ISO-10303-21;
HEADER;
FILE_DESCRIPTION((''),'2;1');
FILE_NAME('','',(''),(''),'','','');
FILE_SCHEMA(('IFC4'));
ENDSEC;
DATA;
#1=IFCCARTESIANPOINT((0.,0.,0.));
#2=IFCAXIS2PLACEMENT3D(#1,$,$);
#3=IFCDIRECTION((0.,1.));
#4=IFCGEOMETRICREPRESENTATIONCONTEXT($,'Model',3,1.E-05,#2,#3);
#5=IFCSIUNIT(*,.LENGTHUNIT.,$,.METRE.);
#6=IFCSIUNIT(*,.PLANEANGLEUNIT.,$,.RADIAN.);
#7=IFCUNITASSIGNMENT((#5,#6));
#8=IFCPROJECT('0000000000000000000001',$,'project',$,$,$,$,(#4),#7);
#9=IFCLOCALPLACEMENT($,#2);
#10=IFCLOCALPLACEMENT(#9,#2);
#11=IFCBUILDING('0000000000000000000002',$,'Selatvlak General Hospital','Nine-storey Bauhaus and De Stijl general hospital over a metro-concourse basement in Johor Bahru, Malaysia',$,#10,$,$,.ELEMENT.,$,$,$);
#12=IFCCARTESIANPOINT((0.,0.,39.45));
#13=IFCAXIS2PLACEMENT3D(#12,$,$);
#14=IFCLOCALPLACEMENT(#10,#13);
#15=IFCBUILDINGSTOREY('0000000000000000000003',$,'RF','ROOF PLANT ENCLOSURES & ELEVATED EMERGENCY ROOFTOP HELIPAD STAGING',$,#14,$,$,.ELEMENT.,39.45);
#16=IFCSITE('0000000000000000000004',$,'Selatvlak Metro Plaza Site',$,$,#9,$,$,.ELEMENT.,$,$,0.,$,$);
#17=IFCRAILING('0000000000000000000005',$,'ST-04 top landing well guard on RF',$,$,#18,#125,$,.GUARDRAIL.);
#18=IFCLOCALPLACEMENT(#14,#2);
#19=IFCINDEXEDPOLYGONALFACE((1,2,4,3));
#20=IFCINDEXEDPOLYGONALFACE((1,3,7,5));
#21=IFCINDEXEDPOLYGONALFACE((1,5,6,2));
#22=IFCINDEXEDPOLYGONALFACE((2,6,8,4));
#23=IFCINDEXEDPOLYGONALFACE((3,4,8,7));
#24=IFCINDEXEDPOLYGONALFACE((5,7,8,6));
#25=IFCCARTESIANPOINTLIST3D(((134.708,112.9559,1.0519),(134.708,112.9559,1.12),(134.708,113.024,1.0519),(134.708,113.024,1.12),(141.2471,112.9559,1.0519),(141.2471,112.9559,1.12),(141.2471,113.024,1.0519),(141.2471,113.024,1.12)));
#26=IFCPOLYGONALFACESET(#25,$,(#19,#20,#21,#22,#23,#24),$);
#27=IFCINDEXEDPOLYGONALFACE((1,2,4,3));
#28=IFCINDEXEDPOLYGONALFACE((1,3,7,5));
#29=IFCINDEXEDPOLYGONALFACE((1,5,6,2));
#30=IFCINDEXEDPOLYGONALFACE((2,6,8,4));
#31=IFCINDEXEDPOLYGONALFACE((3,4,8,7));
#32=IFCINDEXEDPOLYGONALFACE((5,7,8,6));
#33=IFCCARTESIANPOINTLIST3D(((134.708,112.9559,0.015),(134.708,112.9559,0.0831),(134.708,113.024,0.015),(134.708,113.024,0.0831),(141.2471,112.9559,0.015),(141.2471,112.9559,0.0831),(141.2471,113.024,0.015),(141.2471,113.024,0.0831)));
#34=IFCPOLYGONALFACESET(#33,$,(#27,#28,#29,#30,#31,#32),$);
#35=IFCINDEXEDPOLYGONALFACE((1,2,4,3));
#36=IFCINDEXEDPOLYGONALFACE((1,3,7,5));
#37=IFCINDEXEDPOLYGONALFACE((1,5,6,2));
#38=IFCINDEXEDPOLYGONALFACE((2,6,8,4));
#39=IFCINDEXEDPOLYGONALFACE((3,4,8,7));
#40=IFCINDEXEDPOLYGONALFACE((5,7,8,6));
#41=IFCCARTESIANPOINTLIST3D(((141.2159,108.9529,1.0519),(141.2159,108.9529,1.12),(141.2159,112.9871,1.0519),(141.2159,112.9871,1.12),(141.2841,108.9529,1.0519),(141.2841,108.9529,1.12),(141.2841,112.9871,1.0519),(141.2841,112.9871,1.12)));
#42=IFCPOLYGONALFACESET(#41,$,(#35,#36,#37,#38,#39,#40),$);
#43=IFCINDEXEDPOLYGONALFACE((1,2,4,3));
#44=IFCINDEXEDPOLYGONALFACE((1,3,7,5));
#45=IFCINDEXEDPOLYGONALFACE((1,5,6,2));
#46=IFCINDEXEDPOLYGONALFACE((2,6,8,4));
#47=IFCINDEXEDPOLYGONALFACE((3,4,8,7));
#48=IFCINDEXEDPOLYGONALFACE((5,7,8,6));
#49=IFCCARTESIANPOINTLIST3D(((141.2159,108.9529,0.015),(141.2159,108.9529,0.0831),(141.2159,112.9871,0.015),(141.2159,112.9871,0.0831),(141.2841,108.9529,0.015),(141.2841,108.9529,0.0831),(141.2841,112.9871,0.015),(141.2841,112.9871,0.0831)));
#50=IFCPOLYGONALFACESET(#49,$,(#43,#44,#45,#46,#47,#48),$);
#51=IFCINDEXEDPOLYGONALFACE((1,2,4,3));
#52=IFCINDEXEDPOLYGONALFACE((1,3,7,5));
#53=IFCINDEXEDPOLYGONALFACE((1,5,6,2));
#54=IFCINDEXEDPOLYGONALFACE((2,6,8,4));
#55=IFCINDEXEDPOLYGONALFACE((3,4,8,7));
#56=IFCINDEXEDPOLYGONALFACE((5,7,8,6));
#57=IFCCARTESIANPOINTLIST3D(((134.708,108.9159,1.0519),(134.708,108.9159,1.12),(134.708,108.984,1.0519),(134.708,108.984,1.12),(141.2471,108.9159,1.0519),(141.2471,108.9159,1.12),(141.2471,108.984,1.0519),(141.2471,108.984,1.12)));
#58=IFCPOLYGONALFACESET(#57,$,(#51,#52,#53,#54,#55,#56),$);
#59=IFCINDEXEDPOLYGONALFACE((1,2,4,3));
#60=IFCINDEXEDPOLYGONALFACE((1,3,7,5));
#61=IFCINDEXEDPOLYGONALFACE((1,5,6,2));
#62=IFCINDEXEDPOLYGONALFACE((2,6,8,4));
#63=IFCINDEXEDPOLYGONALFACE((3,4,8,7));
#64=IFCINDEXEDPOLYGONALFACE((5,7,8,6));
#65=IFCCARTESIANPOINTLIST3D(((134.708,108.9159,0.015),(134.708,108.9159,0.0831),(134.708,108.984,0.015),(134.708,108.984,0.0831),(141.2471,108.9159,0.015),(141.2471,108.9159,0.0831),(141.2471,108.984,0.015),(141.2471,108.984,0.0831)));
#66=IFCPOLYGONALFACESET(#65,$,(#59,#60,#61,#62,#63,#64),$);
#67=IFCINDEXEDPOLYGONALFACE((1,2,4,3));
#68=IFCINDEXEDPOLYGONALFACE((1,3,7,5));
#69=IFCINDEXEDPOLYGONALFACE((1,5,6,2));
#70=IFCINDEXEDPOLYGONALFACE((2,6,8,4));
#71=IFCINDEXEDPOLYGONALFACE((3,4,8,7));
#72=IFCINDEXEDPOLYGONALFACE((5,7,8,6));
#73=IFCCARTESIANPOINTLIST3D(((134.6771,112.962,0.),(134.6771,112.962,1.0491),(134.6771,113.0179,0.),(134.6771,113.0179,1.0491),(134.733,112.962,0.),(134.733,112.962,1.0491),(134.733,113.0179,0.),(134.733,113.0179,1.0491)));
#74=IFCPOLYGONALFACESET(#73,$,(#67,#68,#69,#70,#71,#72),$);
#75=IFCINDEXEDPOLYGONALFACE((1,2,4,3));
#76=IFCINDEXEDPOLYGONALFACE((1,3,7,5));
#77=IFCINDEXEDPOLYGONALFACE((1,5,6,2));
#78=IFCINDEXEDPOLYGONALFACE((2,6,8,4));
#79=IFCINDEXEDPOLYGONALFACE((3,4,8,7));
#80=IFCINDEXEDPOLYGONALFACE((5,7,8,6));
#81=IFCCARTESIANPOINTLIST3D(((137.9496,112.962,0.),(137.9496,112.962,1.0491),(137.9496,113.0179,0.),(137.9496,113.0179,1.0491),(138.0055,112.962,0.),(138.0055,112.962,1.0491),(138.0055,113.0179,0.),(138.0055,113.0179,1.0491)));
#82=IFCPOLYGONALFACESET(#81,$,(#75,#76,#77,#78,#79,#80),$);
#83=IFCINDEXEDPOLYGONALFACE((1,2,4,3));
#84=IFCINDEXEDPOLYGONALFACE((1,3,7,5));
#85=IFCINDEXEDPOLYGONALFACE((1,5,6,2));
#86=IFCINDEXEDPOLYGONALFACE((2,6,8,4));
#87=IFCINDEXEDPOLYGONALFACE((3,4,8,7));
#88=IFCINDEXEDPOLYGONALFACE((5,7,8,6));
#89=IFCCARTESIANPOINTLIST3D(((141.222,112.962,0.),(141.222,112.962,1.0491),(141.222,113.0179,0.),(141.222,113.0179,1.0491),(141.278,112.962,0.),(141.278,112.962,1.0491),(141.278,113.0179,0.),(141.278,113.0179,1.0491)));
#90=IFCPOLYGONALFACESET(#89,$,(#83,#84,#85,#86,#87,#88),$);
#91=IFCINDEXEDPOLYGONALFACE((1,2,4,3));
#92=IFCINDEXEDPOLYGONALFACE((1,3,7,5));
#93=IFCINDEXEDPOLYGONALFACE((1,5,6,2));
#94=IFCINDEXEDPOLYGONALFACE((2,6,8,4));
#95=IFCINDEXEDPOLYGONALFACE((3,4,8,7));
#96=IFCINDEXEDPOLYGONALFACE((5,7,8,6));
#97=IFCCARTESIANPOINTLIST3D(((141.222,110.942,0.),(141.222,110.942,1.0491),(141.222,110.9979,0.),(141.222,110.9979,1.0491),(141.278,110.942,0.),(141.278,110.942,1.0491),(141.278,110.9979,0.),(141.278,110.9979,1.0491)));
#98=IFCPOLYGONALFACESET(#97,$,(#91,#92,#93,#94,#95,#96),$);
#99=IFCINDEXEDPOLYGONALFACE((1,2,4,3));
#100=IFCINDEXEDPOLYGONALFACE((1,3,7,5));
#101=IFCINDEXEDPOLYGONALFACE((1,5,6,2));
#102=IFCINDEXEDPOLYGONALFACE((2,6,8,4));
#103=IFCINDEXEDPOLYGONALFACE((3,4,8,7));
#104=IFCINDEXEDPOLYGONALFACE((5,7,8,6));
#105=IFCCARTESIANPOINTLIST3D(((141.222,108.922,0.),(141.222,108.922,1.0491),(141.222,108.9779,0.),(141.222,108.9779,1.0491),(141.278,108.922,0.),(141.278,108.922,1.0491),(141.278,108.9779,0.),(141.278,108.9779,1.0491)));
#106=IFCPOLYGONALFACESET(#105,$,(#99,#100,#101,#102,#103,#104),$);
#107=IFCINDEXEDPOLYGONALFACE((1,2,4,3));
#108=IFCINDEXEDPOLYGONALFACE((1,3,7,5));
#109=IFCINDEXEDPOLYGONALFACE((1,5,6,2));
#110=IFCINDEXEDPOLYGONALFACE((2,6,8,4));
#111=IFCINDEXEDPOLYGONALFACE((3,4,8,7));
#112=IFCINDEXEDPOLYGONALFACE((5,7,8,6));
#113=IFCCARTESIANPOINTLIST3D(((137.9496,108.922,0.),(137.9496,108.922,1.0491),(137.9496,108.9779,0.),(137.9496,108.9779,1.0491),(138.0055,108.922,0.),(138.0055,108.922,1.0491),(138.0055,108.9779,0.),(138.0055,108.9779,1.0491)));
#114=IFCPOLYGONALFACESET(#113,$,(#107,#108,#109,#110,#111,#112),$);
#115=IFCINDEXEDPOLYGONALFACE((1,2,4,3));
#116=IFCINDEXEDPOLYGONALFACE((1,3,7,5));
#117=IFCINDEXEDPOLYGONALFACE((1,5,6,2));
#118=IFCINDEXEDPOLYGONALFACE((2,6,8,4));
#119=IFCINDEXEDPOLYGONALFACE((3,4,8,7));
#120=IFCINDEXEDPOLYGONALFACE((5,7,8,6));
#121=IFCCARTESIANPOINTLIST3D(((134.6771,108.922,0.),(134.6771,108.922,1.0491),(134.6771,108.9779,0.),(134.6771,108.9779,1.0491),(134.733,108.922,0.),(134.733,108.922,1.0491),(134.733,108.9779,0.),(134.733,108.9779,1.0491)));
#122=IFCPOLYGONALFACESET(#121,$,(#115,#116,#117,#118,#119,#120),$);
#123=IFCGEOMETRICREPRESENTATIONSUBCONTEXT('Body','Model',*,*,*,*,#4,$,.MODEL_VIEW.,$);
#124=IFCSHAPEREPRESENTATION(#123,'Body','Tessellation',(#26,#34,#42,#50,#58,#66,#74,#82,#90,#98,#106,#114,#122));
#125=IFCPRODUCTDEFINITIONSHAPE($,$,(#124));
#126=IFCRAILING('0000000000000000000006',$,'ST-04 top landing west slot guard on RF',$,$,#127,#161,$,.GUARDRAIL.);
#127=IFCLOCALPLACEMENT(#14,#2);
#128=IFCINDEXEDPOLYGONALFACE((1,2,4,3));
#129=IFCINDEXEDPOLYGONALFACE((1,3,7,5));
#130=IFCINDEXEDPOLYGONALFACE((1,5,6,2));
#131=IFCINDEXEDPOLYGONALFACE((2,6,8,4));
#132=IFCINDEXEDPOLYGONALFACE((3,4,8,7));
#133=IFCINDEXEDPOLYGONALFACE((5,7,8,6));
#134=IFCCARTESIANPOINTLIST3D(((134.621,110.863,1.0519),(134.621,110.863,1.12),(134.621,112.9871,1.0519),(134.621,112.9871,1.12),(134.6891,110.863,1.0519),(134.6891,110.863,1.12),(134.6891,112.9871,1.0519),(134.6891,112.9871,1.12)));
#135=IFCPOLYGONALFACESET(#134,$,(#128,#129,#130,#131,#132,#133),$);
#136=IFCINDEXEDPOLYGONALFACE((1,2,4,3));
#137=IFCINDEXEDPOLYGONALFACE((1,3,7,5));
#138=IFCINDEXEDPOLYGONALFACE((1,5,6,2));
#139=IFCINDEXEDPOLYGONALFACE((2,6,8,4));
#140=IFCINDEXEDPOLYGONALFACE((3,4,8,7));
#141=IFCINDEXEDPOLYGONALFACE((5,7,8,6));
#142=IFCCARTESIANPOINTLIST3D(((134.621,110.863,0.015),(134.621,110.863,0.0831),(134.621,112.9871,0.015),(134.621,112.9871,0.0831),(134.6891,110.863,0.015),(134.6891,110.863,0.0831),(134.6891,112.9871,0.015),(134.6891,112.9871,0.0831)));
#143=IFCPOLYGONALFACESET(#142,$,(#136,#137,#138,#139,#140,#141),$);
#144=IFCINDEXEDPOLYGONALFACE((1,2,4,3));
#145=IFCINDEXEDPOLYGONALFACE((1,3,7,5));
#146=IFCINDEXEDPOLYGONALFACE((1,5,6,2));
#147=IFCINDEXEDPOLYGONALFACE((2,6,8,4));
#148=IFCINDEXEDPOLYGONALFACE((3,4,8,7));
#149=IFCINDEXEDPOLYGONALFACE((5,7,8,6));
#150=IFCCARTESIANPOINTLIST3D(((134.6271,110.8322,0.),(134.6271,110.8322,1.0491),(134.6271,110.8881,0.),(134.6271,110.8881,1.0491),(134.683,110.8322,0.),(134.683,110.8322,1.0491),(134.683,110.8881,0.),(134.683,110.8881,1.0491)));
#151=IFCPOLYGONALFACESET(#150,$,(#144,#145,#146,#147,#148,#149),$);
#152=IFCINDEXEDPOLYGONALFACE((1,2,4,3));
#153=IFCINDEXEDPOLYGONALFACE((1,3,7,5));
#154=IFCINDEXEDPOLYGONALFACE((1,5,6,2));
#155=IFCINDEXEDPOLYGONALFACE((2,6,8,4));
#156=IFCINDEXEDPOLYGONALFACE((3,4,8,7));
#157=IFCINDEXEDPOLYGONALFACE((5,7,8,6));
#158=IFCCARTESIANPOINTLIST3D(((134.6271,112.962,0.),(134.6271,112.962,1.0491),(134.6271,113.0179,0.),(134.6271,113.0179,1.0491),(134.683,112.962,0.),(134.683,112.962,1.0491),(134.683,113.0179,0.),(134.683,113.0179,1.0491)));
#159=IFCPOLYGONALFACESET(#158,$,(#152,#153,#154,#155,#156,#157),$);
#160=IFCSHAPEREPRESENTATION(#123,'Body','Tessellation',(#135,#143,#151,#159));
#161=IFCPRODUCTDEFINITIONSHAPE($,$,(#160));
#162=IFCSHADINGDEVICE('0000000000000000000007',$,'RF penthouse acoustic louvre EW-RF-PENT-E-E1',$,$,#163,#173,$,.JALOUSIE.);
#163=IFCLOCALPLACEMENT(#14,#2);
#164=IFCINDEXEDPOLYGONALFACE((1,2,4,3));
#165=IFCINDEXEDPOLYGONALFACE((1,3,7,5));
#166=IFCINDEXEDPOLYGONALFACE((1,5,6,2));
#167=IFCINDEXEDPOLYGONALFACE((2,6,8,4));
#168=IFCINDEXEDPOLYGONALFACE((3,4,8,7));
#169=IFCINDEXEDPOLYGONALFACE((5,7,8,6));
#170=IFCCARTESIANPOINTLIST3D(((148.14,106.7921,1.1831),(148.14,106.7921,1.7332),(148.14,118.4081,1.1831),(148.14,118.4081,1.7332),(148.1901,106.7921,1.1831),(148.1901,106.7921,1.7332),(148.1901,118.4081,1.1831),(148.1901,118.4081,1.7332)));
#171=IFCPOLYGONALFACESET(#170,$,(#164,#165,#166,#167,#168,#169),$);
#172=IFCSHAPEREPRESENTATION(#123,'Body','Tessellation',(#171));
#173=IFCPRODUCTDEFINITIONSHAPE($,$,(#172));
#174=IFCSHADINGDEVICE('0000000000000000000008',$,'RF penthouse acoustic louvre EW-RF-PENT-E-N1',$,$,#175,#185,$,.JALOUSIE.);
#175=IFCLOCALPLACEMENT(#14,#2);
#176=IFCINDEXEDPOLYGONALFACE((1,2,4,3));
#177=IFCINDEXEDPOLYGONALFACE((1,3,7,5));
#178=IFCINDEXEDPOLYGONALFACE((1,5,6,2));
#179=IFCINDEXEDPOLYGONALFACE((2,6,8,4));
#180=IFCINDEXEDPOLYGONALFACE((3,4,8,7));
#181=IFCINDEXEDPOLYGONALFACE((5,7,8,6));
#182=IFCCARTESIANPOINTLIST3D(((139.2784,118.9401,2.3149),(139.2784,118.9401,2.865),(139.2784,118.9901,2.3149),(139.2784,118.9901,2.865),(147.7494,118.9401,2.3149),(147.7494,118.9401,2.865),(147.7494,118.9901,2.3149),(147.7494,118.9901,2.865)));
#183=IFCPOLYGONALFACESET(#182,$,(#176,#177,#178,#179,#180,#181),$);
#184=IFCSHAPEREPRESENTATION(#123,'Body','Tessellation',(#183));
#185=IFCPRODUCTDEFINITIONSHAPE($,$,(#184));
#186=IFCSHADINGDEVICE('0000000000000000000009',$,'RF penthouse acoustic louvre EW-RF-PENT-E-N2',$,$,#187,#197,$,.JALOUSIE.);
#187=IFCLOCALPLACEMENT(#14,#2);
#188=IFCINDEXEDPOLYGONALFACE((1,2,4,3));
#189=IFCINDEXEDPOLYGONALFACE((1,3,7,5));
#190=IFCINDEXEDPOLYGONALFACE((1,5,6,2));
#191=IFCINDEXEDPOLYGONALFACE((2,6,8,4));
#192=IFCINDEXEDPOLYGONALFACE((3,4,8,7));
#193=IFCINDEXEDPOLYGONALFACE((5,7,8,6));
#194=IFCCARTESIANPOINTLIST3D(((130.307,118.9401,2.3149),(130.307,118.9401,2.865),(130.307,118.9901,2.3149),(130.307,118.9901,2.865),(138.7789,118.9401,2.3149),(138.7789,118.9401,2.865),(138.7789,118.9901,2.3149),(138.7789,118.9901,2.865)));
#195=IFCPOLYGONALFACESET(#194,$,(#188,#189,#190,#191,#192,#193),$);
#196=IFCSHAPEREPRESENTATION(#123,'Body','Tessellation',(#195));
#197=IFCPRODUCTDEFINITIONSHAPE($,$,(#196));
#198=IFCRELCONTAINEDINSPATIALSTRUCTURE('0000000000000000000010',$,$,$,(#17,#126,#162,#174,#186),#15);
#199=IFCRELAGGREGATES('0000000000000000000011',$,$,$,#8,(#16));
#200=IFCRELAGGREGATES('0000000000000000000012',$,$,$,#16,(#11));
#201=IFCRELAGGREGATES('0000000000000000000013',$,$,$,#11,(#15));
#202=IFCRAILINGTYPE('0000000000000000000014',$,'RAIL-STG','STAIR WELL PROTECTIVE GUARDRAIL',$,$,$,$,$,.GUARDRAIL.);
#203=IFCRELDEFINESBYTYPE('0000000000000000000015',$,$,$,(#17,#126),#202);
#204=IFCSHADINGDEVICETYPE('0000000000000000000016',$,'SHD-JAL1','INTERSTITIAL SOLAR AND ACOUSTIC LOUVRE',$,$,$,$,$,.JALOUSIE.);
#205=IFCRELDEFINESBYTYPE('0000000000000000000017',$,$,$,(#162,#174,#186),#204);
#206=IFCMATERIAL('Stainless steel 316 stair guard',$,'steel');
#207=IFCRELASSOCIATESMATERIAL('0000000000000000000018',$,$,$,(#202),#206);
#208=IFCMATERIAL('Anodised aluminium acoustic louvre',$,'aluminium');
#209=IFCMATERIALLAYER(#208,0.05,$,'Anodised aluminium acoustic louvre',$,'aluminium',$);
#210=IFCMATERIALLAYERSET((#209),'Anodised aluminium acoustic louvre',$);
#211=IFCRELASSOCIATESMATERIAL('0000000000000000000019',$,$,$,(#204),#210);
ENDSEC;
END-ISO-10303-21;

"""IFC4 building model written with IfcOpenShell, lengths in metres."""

from ifc_helpers import new_model, si_unit, direction, frame, origin, origin_2d, place, context, subcontext, project, spatial, rectangle, extrude, material, layer, layer_set, type_object, element, save


model = new_model("IFC4")

# Units and contexts
model_context = context("Model", 3, precision=1e-05, world=origin(), true_north=direction((0.0, 1.0)))
body_context = subcontext(model_context, "Body", "Model", "MODEL_VIEW")
ifc_project = project(units=[si_unit("LENGTHUNIT", "METRE"), si_unit("PLANEANGLEUNIT", "RADIAN")], contexts=[model_context])

# Site, building, storey
site_placement = place(None, origin())
site = spatial("IfcSite", under=ifc_project, at=site_placement, Name="Selatvlak Metro Plaza Site", CompositionType="ELEMENT", RefElevation=0.0)
building_placement = place(site_placement, origin())
building = spatial("IfcBuilding", under=site, at=building_placement, Name="Selatvlak General Hospital", Description="Nine-storey Bauhaus and De Stijl general hospital over a metro-concourse basement in Johor Bahru, Malaysia", CompositionType="ELEMENT")
storey_placement = place(building_placement, frame((0.0, 0.0, 39.45)))
storey = spatial("IfcBuildingStorey", under=building, at=storey_placement, Name="RF", Description="ROOF PLANT ENCLOSURES & ELEVATED EMERGENCY ROOFTOP HELIPAD STAGING", CompositionType="ELEMENT", Elevation=39.45)

# Railings
ifc_material_1 = material(Name="Stainless steel 316 stair guard", Category="steel")
railing_type = type_object("IfcRailingType", Name="RAIL-STG", Description="STAIR WELL PROTECTIVE GUARDRAIL", PredefinedType="GUARDRAIL", material=ifc_material_1)
railing_1_placement = place(storey_placement, frame((134.7051, 112.99, 0.0)))
element("IfcRailing", 1, at=railing_1_placement, inside=storey, type_object=railing_type, Name="ST-04 top landing well guard on RF", PredefinedType="GUARDRAIL", context=body_context, shape_type="SweptSolid", body=[
    extrude(rectangle(XDim=0.0681, YDim=0.0681, at=origin_2d()), frame((0.0029, 0.0, 1.0859), z_axis=(1.0, 0.0, 0.0), x_axis=(0.0, 1.0, 0.0)), (0.0, 0.0, 1.0), 6.5391),
    extrude(rectangle(XDim=0.0681, YDim=0.0681, at=origin_2d()), frame((0.0029, 0.0, 0.0491), z_axis=(1.0, 0.0, 0.0), x_axis=(0.0, 1.0, 0.0)), (0.0, 0.0, 1.0), 6.5391),
    extrude(rectangle(XDim=0.0681, YDim=0.0681, at=origin_2d()), frame((6.5449, -0.0029, 1.0859), z_axis=(0.0, -1.0, 0.0), x_axis=(1.0, 0.0, 0.0)), (0.0, 0.0, 1.0), 4.0342),
    extrude(rectangle(XDim=0.0681, YDim=0.0681, at=origin_2d()), frame((6.5449, -0.0029, 0.0491), z_axis=(0.0, -1.0, 0.0), x_axis=(1.0, 0.0, 0.0)), (0.0, 0.0, 1.0), 4.0342),
    extrude(rectangle(XDim=0.0681, YDim=0.0681, at=origin_2d()), frame((6.542, -4.04, 1.0859), z_axis=(-1.0, 0.0, 0.0), x_axis=(0.0, -1.0, 0.0)), (0.0, 0.0, 1.0), 6.5391),
    extrude(rectangle(XDim=0.0681, YDim=0.0681, at=origin_2d()), frame((6.542, -4.04, 0.0491), z_axis=(-1.0, 0.0, 0.0), x_axis=(0.0, -1.0, 0.0)), (0.0, 0.0, 1.0), 6.5391),
    extrude(rectangle(XDim=0.0559, YDim=0.0559, at=origin_2d()), origin(), (0.0, 0.0, 1.0), 1.0491),
    extrude(rectangle(XDim=0.0559, YDim=0.0559, at=origin_2d()), frame((3.2725, 0.0, 0.0)), (0.0, 0.0, 1.0), 1.0491),
    extrude(rectangle(XDim=0.0559, YDim=0.0559, at=origin_2d()), frame((6.5449, 0.0, 0.0)), (0.0, 0.0, 1.0), 1.0491),
    extrude(rectangle(XDim=0.0559, YDim=0.0559, at=origin_2d()), frame((6.5449, -2.02, 0.0)), (0.0, 0.0, 1.0), 1.0491),
    extrude(rectangle(XDim=0.0559, YDim=0.0559, at=origin_2d()), frame((6.5449, -4.04, 0.0)), (0.0, 0.0, 1.0), 1.0491),
    extrude(rectangle(XDim=0.0559, YDim=0.0559, at=origin_2d()), frame((3.2725, -4.04, 0.0)), (0.0, 0.0, 1.0), 1.0491),
    extrude(rectangle(XDim=0.0559, YDim=0.0559, at=origin_2d()), frame((0.0, -4.04, 0.0)), (0.0, 0.0, 1.0), 1.0491),
])
railing_2_placement = place(storey_placement, frame((134.655, 110.8601, 0.0)))
element("IfcRailing", 2, at=railing_2_placement, inside=storey, type_object=railing_type, Name="ST-04 top landing west slot guard on RF", PredefinedType="GUARDRAIL", context=body_context, shape_type="SweptSolid", body=[
    extrude(rectangle(XDim=0.0681, YDim=0.0681, at=origin_2d()), frame((0.0, 0.0029, 1.0859), z_axis=(0.0, 1.0, 0.0), x_axis=(-1.0, 0.0, 0.0)), (0.0, 0.0, 1.0), 2.124),
    extrude(rectangle(XDim=0.0681, YDim=0.0681, at=origin_2d()), frame((0.0, 0.0029, 0.0491), z_axis=(0.0, 1.0, 0.0), x_axis=(-1.0, 0.0, 0.0)), (0.0, 0.0, 1.0), 2.124),
    extrude(rectangle(XDim=0.0559, YDim=0.0559, at=origin_2d()), origin(), (0.0, 0.0, 1.0), 1.0491),
    extrude(rectangle(XDim=0.0559, YDim=0.0559, at=origin_2d()), frame((0.0, 2.1299, 0.0)), (0.0, 0.0, 1.0), 1.0491),
])

# Shading devices
ifc_material_2 = material(Name="Anodised aluminium acoustic louvre", Category="aluminium")
ifc_layer_1 = layer(ifc_material_2, 0.05, Name="Anodised aluminium acoustic louvre", Category="aluminium")
ifc_layer_set_1 = layer_set([ifc_layer_1], Name="Anodised aluminium acoustic louvre")
shading_device_type = type_object("IfcShadingDeviceType", Name="SHD-JAL1", Description="INTERSTITIAL SOLAR AND ACOUSTIC LOUVRE", PredefinedType="JALOUSIE", material=ifc_layer_set_1)
shading_device_1_placement = place(storey_placement, frame((148.165, 112.6001, 1.1831), z_axis=(0.0, 0.0, 1.0), x_axis=(0.0, 1.0, 0.0)))
element("IfcShadingDevice", 3, at=shading_device_1_placement, inside=storey, type_object=shading_device_type, Name="RF penthouse acoustic louvre EW-RF-PENT-E-E1", PredefinedType="JALOUSIE", context=body_context, shape_type="SweptSolid", body=[
    extrude(rectangle(XDim=11.616, YDim=0.05, at=origin_2d()), origin(), (0.0, 0.0, 1.0), 0.55),
])
shading_device_2_placement = place(storey_placement, frame((143.5139, 118.9651, 2.3149), z_axis=(0.0, 0.0, 1.0), x_axis=(-1.0, 0.0, 0.0)))
element("IfcShadingDevice", 4, at=shading_device_2_placement, inside=storey, type_object=shading_device_type, Name="RF penthouse acoustic louvre EW-RF-PENT-E-N1", PredefinedType="JALOUSIE", context=body_context, shape_type="SweptSolid", body=[
    extrude(rectangle(XDim=8.4709, YDim=0.05, at=origin_2d()), origin(), (0.0, 0.0, 1.0), 0.55),
])
shading_device_3_placement = place(storey_placement, frame((134.543, 118.9651, 2.3149), z_axis=(0.0, 0.0, 1.0), x_axis=(-1.0, 0.0, 0.0)))
element("IfcShadingDevice", 5, at=shading_device_3_placement, inside=storey, type_object=shading_device_type, Name="RF penthouse acoustic louvre EW-RF-PENT-E-N2", PredefinedType="JALOUSIE", context=body_context, shape_type="SweptSolid", body=[
    extrude(rectangle(XDim=8.4719, YDim=0.05, at=origin_2d()), origin(), (0.0, 0.0, 1.0), 0.55),
])

save(model, "model.ifc")
